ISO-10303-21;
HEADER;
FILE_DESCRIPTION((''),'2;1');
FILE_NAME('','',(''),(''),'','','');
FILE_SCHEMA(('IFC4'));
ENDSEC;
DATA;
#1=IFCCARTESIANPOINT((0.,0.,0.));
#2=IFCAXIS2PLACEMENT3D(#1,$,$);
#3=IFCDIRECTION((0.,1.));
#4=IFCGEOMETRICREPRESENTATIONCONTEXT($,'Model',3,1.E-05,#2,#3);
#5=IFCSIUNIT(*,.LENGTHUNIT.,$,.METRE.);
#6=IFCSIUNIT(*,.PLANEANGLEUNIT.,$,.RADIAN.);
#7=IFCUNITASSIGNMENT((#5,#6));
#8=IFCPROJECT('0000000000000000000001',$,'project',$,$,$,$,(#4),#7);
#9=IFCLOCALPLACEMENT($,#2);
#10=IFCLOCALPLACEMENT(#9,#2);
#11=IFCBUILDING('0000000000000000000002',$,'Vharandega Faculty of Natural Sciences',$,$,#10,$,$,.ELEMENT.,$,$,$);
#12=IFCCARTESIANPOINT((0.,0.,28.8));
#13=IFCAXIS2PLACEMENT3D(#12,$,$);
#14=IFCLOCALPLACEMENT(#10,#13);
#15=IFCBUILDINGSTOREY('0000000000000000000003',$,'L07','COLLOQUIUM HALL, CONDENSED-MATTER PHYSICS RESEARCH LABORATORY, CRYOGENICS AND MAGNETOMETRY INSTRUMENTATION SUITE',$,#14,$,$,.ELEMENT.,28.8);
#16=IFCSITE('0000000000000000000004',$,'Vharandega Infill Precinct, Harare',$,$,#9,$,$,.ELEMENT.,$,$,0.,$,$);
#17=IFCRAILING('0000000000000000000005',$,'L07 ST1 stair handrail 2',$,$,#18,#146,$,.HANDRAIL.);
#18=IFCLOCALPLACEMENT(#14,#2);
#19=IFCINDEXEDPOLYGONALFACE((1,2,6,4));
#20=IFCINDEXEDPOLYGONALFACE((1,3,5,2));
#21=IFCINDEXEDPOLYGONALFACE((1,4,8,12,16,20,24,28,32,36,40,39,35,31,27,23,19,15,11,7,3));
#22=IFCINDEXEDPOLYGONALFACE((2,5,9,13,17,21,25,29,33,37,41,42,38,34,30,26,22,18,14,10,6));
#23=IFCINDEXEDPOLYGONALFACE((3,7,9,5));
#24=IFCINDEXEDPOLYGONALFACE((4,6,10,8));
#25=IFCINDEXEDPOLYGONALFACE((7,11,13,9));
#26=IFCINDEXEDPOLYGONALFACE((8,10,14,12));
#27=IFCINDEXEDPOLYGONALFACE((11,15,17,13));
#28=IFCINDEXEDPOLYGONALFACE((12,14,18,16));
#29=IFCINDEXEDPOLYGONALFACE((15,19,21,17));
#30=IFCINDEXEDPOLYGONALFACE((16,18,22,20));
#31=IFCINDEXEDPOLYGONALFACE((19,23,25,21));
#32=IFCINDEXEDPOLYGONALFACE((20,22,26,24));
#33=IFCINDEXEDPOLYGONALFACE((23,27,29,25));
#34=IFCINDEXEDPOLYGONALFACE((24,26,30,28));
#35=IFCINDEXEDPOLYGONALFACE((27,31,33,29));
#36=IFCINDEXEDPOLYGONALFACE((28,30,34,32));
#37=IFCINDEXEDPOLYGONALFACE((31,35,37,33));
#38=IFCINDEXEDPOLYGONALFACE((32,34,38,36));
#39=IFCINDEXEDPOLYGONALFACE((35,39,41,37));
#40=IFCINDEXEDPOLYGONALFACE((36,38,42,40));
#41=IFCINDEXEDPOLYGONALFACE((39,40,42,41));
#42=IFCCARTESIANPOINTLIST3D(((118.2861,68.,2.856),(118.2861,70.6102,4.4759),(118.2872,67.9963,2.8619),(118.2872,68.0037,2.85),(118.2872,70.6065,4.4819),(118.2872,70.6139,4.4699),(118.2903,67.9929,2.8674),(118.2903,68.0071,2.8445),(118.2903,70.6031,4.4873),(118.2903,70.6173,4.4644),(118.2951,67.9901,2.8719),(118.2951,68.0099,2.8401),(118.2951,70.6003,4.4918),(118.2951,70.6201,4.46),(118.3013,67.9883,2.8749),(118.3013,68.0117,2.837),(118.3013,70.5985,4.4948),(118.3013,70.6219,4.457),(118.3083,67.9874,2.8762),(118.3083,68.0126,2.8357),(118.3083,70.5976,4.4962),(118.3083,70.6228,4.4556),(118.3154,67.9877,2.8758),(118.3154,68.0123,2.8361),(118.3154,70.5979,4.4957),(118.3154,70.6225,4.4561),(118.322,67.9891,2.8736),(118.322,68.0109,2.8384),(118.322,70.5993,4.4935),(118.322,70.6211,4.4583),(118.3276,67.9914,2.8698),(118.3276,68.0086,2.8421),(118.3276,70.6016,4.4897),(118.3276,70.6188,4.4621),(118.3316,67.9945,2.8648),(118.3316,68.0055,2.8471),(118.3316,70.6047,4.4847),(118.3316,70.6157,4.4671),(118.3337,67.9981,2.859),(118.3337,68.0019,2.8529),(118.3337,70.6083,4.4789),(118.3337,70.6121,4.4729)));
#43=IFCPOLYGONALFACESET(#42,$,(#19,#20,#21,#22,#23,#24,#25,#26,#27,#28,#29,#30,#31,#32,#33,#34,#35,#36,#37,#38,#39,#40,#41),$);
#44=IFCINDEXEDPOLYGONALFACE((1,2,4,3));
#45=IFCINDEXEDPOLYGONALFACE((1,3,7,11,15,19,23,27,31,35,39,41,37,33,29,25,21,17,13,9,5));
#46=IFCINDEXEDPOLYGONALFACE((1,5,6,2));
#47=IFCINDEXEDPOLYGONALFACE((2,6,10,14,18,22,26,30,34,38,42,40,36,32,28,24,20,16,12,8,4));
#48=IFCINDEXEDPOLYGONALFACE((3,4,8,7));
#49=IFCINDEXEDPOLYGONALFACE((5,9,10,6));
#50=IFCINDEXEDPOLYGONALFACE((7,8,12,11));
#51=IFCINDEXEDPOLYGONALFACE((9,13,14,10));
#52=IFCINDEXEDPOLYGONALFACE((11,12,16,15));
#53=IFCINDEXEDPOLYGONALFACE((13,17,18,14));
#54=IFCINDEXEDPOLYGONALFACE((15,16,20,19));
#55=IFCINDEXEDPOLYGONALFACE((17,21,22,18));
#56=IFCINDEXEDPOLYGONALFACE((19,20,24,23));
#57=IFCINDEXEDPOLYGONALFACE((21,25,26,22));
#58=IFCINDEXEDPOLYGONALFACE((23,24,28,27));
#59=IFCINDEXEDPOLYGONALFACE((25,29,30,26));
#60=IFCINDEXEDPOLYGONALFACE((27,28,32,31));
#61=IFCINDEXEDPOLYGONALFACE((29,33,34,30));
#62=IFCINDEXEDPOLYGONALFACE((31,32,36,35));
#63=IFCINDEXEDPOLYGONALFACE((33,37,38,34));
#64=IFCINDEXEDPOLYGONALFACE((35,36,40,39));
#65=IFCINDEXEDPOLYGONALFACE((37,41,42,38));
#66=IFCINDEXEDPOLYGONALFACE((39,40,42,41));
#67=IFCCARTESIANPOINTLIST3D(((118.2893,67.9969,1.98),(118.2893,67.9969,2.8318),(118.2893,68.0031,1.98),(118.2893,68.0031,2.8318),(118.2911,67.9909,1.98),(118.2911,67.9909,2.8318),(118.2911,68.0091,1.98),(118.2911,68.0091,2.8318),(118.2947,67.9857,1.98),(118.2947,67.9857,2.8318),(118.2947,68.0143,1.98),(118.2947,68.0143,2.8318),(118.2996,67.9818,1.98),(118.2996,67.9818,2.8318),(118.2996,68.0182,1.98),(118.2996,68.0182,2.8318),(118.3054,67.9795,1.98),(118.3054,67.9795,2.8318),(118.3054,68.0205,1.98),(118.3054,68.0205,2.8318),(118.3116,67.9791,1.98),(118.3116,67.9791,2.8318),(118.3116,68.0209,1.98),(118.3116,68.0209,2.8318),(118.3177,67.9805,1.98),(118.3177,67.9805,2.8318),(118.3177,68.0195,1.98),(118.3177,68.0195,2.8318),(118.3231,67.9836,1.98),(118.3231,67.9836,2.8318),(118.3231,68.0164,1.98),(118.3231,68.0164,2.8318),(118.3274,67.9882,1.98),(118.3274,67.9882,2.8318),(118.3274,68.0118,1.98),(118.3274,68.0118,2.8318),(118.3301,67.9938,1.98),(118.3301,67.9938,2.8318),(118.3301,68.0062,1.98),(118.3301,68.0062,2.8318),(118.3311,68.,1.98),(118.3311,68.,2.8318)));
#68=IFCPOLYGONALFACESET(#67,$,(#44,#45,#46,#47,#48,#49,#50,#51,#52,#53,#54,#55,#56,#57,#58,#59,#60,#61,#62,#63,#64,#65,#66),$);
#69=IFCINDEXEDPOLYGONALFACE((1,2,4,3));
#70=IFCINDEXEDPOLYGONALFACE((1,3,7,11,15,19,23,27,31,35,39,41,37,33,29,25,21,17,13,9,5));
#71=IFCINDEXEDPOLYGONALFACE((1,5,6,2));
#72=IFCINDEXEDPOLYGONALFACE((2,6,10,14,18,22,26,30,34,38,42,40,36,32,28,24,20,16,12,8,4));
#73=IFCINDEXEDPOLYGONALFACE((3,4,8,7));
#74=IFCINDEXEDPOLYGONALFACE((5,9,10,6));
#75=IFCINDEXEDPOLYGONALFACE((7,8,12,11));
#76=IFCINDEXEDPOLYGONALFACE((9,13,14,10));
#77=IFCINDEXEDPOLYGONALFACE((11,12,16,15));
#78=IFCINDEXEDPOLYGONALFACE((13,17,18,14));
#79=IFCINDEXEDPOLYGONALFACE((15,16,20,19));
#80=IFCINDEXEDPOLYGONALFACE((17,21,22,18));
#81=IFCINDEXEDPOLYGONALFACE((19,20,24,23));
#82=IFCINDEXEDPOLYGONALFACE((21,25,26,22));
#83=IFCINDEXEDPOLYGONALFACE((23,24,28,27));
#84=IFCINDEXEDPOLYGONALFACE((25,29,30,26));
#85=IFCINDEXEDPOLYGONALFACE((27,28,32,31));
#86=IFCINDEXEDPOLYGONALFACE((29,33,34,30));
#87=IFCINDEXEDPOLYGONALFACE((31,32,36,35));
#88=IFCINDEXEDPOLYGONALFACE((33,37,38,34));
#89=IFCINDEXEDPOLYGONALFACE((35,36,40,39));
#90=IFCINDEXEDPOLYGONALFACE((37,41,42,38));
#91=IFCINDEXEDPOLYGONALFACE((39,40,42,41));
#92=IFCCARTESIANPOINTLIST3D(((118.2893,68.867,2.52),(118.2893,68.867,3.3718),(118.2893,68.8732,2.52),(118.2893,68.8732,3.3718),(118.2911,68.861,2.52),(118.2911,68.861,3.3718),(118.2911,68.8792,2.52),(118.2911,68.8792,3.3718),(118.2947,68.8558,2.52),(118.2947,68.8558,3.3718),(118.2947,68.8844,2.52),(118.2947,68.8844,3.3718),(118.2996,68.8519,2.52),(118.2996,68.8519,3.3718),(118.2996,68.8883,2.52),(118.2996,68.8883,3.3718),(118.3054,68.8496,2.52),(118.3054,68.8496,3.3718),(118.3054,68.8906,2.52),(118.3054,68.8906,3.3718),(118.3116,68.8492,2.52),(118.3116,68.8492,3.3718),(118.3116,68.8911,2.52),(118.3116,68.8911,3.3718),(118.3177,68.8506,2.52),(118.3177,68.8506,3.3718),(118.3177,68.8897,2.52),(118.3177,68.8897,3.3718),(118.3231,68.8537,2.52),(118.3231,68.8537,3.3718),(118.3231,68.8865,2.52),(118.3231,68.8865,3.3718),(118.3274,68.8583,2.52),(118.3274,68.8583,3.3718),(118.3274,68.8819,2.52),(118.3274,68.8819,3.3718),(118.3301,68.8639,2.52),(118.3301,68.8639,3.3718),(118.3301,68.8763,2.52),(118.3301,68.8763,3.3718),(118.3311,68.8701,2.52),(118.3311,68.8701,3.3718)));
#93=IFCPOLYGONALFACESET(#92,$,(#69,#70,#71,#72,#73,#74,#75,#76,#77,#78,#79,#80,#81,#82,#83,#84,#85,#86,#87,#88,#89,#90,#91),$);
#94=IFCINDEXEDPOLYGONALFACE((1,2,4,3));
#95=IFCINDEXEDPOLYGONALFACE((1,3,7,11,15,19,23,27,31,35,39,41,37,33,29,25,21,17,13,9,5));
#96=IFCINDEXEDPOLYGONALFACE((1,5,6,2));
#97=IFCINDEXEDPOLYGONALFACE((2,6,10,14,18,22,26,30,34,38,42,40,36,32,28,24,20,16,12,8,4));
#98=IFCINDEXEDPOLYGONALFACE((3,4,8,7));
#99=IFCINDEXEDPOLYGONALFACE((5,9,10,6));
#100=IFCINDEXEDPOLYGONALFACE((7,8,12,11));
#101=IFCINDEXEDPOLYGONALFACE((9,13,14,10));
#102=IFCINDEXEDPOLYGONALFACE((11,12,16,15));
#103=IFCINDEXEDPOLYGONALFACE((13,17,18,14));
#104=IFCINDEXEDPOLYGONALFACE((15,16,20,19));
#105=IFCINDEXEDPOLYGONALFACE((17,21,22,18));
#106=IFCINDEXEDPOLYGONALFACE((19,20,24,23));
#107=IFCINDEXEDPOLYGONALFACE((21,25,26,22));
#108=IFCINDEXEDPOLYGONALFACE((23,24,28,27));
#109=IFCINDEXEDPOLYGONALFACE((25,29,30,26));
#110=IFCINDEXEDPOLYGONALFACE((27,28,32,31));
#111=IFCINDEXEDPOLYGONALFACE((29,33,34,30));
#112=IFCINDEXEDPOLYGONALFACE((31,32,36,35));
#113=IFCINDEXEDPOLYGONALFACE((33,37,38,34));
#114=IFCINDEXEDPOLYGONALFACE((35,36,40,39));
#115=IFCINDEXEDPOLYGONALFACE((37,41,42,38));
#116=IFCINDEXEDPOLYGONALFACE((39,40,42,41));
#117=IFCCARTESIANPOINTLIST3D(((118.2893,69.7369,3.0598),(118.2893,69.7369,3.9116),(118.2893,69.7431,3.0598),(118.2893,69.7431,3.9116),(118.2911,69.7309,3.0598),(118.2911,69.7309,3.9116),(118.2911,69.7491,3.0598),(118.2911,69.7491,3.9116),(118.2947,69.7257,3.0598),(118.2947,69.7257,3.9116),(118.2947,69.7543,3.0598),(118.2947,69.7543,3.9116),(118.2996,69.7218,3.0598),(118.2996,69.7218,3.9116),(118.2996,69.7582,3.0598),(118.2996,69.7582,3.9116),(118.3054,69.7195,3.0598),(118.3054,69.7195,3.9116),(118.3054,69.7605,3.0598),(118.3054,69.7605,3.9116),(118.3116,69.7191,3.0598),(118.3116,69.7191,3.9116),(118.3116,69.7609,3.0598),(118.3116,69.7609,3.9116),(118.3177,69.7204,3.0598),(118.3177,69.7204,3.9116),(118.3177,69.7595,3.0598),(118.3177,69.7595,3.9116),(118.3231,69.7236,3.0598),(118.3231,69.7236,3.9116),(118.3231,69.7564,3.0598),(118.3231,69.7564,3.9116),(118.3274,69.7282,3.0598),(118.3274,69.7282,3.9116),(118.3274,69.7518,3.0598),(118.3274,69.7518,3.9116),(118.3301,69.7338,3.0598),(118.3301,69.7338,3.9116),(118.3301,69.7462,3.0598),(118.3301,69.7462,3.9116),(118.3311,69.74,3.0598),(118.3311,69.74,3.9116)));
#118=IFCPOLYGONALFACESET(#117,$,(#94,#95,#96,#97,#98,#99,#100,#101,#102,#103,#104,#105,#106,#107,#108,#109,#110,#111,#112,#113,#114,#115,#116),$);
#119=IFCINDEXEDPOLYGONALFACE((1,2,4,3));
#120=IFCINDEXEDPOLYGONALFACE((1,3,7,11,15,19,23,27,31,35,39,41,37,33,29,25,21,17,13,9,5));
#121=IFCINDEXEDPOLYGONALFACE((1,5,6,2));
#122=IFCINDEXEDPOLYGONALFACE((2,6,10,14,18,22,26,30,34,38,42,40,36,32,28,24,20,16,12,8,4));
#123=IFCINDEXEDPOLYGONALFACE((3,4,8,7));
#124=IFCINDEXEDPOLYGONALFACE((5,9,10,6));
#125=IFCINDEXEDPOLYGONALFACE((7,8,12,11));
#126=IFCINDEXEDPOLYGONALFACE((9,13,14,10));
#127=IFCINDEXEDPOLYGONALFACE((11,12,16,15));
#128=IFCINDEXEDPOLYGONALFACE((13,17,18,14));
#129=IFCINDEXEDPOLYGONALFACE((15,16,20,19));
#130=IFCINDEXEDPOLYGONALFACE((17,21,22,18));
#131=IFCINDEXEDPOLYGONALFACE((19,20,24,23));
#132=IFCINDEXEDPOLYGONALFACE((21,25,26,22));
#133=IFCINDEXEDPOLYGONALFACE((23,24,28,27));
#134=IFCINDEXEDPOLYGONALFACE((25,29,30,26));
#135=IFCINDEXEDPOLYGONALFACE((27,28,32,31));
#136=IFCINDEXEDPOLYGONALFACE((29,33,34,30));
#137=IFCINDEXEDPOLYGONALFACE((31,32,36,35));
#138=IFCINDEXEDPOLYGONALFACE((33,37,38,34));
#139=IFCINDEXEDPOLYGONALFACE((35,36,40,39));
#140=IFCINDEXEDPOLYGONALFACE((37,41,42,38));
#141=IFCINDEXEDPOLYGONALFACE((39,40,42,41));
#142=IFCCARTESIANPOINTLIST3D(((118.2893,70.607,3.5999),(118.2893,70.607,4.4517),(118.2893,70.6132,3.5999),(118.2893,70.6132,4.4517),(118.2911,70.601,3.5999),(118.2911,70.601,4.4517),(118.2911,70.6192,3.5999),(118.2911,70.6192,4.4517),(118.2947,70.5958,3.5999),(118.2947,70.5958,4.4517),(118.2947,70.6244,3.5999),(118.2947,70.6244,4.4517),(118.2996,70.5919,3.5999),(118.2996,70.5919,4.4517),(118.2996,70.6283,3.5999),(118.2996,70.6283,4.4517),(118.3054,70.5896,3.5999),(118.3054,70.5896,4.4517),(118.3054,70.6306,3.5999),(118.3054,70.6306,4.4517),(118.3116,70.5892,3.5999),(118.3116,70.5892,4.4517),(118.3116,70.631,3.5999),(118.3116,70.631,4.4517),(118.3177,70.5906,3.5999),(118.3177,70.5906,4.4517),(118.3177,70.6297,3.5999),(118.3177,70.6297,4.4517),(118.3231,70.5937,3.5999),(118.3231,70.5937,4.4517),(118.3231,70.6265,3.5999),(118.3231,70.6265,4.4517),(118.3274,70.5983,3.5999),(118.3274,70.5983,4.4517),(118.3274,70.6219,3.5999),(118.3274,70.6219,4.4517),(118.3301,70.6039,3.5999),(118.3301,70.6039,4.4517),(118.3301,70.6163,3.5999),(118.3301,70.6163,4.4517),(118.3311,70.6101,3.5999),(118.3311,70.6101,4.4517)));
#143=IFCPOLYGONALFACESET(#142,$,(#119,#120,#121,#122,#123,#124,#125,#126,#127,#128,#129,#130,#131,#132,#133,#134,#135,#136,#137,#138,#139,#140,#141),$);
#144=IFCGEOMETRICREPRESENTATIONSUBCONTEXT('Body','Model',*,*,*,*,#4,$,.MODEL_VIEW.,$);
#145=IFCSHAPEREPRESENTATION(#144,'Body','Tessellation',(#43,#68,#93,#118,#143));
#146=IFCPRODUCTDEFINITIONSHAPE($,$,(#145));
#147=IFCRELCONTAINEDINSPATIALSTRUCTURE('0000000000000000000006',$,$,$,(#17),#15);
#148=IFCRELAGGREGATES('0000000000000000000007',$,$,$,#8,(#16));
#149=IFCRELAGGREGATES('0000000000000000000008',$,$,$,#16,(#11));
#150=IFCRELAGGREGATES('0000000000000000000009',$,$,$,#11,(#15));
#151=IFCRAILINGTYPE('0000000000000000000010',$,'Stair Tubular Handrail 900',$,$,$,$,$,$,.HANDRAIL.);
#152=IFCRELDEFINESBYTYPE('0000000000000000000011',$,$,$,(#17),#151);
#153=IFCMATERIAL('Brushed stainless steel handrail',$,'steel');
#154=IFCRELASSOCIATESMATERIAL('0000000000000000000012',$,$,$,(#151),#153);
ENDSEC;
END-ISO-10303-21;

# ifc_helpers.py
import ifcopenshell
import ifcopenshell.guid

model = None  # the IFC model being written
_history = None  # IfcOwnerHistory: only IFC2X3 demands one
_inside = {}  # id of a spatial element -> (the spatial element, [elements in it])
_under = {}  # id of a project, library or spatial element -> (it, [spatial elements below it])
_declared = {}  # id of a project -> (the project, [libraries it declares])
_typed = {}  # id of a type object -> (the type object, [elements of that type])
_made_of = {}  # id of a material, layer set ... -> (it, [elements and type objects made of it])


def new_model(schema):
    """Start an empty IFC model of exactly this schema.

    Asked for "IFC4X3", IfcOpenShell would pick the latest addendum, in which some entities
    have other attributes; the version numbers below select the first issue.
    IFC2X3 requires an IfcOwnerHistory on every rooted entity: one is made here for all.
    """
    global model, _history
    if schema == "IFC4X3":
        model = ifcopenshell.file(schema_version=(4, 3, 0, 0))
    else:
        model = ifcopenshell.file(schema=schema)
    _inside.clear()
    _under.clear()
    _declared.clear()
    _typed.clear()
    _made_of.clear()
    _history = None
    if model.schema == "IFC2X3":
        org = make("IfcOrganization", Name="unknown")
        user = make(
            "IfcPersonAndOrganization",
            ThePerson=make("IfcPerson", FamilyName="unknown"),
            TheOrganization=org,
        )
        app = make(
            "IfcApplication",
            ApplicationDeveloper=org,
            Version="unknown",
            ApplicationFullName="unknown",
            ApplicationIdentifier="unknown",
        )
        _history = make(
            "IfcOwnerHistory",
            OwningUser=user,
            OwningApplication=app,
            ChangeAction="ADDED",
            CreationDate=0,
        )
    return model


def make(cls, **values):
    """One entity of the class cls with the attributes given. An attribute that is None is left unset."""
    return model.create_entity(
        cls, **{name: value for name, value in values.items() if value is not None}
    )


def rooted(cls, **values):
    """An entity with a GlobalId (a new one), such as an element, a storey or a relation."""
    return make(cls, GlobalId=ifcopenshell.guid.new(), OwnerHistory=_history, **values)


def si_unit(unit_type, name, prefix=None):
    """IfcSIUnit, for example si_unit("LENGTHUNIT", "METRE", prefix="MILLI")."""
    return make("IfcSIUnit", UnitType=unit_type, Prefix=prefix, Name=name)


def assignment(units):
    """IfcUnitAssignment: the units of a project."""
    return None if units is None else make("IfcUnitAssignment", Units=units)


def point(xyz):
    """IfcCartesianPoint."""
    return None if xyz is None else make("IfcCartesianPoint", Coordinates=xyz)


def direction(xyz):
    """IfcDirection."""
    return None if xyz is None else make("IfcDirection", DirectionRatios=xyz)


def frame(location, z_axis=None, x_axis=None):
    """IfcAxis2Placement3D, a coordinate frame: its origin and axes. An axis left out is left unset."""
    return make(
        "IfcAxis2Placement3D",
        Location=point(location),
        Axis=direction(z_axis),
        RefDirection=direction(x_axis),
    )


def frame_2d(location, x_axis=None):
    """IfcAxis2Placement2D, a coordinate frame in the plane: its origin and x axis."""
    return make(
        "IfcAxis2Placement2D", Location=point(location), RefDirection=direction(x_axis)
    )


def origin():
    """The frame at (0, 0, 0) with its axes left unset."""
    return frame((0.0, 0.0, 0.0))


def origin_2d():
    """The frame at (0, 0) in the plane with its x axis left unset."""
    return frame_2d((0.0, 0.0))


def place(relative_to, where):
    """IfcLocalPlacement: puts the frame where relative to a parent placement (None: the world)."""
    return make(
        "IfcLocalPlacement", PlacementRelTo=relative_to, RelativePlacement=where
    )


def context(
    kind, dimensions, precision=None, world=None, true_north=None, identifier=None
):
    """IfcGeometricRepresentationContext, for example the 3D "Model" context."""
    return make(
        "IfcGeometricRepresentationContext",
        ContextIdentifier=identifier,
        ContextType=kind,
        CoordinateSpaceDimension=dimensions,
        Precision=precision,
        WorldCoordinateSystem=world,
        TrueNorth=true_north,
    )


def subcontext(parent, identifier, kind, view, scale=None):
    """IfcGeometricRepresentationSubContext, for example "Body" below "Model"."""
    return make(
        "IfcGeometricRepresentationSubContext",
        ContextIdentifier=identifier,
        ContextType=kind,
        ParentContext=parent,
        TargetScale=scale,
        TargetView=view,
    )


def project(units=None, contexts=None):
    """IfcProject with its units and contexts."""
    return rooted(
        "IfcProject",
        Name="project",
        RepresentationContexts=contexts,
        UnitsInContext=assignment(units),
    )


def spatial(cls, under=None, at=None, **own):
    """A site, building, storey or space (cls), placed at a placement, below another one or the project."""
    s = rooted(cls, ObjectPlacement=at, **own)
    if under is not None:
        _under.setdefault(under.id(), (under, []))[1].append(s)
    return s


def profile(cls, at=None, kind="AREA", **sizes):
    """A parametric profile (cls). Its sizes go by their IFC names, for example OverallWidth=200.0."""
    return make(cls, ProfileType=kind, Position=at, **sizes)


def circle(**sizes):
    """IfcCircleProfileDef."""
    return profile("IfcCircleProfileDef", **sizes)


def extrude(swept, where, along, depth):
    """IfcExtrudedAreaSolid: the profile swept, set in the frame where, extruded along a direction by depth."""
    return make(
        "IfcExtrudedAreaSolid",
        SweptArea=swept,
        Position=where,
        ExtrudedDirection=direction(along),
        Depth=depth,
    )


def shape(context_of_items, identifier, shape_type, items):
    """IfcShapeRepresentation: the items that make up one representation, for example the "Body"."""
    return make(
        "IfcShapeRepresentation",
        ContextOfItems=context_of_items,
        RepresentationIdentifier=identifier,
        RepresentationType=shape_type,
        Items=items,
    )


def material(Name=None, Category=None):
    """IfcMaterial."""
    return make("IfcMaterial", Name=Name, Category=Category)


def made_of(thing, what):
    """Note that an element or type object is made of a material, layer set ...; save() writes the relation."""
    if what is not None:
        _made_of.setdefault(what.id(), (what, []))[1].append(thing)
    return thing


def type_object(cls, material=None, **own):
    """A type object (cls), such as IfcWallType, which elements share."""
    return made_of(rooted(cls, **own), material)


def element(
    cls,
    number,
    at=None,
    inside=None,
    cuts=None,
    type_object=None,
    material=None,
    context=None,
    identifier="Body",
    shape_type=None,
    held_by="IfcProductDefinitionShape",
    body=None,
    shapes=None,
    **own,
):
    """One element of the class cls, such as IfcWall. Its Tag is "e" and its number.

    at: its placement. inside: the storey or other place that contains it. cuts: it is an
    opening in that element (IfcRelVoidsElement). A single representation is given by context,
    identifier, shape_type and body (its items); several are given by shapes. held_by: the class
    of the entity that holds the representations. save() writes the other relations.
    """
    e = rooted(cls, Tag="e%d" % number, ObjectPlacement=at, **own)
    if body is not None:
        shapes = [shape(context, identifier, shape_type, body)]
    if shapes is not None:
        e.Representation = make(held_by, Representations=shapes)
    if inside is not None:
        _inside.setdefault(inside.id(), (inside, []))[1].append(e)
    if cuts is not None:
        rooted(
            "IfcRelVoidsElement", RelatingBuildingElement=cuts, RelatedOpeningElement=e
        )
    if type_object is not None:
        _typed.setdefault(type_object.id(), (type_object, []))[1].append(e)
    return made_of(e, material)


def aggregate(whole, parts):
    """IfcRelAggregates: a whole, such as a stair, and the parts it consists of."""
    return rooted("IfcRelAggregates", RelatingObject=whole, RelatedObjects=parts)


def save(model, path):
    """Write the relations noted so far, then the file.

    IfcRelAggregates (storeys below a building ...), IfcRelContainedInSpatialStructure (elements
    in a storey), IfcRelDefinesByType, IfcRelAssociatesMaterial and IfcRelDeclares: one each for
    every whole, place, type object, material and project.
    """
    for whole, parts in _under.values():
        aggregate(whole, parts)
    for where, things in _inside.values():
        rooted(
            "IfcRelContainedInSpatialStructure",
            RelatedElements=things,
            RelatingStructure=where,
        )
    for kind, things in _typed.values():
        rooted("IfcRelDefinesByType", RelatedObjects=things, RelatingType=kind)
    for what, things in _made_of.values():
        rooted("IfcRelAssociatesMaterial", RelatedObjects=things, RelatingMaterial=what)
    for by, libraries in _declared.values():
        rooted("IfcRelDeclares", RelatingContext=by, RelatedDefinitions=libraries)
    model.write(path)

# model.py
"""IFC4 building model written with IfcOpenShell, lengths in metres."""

from ifc_helpers import new_model, si_unit, direction, frame, origin, origin_2d, place, context, subcontext, project, spatial, circle, extrude, material, type_object, element, save


model = new_model("IFC4")

# Units and contexts
model_context = context("Model", 3, precision=1e-05, world=origin(), true_north=direction((0.0, 1.0)))
body_context = subcontext(model_context, "Body", "Model", "MODEL_VIEW")
ifc_project = project(units=[si_unit("LENGTHUNIT", "METRE"), si_unit("PLANEANGLEUNIT", "RADIAN")], contexts=[model_context])

# Site, building, storey
site_placement = place(None, origin())
site = spatial("IfcSite", under=ifc_project, at=site_placement, Name="Vharandega Infill Precinct, Harare", CompositionType="ELEMENT", RefElevation=0.0)
building_placement = place(site_placement, origin())
building = spatial("IfcBuilding", under=site, at=building_placement, Name="Vharandega Faculty of Natural Sciences", CompositionType="ELEMENT")
storey_placement = place(building_placement, frame((0.0, 0.0, 28.8)))
storey = spatial("IfcBuildingStorey", under=building, at=storey_placement, Name="L07", Description="COLLOQUIUM HALL, CONDENSED-MATTER PHYSICS RESEARCH LABORATORY, CRYOGENICS AND MAGNETOMETRY INSTRUMENTATION SUITE", CompositionType="ELEMENT", Elevation=28.8)

# Railing
ifc_material_1 = material(Name="Brushed stainless steel handrail", Category="steel")
railing_type_1 = type_object("IfcRailingType", Name="Stair Tubular Handrail 900", PredefinedType="HANDRAIL", material=ifc_material_1)
railing_1_placement = place(storey_placement, frame((118.3101, 68.0, 1.98)))
element("IfcRailing", 1, at=railing_1_placement, inside=storey, type_object=railing_type_1, Name="L07 ST1 stair handrail 2", PredefinedType="HANDRAIL", context=body_context, shape_type="SweptSolid", body=[
    extrude(circle(Radius=0.0239, at=origin_2d()), frame((0.0, 0.0, 0.876), z_axis=(0.0, 0.849668, 0.527317), x_axis=(-1.0, 0.0, 0.0)), (0.0, 0.0, 1.0), 3.072),
    extrude(circle(Radius=0.021, at=origin_2d()), origin(), (0.0, 0.0, 1.0), 0.8518),
    extrude(circle(Radius=0.021, at=origin_2d()), frame((0.0, 0.8701, 0.54)), (0.0, 0.0, 1.0), 0.8518),
    extrude(circle(Radius=0.021, at=origin_2d()), frame((0.0, 1.74, 1.0798)), (0.0, 0.0, 1.0), 0.8518),
    extrude(circle(Radius=0.021, at=origin_2d()), frame((0.0, 2.6101, 1.6199)), (0.0, 0.0, 1.0), 0.8518),
])

save(model, "model.ifc")
